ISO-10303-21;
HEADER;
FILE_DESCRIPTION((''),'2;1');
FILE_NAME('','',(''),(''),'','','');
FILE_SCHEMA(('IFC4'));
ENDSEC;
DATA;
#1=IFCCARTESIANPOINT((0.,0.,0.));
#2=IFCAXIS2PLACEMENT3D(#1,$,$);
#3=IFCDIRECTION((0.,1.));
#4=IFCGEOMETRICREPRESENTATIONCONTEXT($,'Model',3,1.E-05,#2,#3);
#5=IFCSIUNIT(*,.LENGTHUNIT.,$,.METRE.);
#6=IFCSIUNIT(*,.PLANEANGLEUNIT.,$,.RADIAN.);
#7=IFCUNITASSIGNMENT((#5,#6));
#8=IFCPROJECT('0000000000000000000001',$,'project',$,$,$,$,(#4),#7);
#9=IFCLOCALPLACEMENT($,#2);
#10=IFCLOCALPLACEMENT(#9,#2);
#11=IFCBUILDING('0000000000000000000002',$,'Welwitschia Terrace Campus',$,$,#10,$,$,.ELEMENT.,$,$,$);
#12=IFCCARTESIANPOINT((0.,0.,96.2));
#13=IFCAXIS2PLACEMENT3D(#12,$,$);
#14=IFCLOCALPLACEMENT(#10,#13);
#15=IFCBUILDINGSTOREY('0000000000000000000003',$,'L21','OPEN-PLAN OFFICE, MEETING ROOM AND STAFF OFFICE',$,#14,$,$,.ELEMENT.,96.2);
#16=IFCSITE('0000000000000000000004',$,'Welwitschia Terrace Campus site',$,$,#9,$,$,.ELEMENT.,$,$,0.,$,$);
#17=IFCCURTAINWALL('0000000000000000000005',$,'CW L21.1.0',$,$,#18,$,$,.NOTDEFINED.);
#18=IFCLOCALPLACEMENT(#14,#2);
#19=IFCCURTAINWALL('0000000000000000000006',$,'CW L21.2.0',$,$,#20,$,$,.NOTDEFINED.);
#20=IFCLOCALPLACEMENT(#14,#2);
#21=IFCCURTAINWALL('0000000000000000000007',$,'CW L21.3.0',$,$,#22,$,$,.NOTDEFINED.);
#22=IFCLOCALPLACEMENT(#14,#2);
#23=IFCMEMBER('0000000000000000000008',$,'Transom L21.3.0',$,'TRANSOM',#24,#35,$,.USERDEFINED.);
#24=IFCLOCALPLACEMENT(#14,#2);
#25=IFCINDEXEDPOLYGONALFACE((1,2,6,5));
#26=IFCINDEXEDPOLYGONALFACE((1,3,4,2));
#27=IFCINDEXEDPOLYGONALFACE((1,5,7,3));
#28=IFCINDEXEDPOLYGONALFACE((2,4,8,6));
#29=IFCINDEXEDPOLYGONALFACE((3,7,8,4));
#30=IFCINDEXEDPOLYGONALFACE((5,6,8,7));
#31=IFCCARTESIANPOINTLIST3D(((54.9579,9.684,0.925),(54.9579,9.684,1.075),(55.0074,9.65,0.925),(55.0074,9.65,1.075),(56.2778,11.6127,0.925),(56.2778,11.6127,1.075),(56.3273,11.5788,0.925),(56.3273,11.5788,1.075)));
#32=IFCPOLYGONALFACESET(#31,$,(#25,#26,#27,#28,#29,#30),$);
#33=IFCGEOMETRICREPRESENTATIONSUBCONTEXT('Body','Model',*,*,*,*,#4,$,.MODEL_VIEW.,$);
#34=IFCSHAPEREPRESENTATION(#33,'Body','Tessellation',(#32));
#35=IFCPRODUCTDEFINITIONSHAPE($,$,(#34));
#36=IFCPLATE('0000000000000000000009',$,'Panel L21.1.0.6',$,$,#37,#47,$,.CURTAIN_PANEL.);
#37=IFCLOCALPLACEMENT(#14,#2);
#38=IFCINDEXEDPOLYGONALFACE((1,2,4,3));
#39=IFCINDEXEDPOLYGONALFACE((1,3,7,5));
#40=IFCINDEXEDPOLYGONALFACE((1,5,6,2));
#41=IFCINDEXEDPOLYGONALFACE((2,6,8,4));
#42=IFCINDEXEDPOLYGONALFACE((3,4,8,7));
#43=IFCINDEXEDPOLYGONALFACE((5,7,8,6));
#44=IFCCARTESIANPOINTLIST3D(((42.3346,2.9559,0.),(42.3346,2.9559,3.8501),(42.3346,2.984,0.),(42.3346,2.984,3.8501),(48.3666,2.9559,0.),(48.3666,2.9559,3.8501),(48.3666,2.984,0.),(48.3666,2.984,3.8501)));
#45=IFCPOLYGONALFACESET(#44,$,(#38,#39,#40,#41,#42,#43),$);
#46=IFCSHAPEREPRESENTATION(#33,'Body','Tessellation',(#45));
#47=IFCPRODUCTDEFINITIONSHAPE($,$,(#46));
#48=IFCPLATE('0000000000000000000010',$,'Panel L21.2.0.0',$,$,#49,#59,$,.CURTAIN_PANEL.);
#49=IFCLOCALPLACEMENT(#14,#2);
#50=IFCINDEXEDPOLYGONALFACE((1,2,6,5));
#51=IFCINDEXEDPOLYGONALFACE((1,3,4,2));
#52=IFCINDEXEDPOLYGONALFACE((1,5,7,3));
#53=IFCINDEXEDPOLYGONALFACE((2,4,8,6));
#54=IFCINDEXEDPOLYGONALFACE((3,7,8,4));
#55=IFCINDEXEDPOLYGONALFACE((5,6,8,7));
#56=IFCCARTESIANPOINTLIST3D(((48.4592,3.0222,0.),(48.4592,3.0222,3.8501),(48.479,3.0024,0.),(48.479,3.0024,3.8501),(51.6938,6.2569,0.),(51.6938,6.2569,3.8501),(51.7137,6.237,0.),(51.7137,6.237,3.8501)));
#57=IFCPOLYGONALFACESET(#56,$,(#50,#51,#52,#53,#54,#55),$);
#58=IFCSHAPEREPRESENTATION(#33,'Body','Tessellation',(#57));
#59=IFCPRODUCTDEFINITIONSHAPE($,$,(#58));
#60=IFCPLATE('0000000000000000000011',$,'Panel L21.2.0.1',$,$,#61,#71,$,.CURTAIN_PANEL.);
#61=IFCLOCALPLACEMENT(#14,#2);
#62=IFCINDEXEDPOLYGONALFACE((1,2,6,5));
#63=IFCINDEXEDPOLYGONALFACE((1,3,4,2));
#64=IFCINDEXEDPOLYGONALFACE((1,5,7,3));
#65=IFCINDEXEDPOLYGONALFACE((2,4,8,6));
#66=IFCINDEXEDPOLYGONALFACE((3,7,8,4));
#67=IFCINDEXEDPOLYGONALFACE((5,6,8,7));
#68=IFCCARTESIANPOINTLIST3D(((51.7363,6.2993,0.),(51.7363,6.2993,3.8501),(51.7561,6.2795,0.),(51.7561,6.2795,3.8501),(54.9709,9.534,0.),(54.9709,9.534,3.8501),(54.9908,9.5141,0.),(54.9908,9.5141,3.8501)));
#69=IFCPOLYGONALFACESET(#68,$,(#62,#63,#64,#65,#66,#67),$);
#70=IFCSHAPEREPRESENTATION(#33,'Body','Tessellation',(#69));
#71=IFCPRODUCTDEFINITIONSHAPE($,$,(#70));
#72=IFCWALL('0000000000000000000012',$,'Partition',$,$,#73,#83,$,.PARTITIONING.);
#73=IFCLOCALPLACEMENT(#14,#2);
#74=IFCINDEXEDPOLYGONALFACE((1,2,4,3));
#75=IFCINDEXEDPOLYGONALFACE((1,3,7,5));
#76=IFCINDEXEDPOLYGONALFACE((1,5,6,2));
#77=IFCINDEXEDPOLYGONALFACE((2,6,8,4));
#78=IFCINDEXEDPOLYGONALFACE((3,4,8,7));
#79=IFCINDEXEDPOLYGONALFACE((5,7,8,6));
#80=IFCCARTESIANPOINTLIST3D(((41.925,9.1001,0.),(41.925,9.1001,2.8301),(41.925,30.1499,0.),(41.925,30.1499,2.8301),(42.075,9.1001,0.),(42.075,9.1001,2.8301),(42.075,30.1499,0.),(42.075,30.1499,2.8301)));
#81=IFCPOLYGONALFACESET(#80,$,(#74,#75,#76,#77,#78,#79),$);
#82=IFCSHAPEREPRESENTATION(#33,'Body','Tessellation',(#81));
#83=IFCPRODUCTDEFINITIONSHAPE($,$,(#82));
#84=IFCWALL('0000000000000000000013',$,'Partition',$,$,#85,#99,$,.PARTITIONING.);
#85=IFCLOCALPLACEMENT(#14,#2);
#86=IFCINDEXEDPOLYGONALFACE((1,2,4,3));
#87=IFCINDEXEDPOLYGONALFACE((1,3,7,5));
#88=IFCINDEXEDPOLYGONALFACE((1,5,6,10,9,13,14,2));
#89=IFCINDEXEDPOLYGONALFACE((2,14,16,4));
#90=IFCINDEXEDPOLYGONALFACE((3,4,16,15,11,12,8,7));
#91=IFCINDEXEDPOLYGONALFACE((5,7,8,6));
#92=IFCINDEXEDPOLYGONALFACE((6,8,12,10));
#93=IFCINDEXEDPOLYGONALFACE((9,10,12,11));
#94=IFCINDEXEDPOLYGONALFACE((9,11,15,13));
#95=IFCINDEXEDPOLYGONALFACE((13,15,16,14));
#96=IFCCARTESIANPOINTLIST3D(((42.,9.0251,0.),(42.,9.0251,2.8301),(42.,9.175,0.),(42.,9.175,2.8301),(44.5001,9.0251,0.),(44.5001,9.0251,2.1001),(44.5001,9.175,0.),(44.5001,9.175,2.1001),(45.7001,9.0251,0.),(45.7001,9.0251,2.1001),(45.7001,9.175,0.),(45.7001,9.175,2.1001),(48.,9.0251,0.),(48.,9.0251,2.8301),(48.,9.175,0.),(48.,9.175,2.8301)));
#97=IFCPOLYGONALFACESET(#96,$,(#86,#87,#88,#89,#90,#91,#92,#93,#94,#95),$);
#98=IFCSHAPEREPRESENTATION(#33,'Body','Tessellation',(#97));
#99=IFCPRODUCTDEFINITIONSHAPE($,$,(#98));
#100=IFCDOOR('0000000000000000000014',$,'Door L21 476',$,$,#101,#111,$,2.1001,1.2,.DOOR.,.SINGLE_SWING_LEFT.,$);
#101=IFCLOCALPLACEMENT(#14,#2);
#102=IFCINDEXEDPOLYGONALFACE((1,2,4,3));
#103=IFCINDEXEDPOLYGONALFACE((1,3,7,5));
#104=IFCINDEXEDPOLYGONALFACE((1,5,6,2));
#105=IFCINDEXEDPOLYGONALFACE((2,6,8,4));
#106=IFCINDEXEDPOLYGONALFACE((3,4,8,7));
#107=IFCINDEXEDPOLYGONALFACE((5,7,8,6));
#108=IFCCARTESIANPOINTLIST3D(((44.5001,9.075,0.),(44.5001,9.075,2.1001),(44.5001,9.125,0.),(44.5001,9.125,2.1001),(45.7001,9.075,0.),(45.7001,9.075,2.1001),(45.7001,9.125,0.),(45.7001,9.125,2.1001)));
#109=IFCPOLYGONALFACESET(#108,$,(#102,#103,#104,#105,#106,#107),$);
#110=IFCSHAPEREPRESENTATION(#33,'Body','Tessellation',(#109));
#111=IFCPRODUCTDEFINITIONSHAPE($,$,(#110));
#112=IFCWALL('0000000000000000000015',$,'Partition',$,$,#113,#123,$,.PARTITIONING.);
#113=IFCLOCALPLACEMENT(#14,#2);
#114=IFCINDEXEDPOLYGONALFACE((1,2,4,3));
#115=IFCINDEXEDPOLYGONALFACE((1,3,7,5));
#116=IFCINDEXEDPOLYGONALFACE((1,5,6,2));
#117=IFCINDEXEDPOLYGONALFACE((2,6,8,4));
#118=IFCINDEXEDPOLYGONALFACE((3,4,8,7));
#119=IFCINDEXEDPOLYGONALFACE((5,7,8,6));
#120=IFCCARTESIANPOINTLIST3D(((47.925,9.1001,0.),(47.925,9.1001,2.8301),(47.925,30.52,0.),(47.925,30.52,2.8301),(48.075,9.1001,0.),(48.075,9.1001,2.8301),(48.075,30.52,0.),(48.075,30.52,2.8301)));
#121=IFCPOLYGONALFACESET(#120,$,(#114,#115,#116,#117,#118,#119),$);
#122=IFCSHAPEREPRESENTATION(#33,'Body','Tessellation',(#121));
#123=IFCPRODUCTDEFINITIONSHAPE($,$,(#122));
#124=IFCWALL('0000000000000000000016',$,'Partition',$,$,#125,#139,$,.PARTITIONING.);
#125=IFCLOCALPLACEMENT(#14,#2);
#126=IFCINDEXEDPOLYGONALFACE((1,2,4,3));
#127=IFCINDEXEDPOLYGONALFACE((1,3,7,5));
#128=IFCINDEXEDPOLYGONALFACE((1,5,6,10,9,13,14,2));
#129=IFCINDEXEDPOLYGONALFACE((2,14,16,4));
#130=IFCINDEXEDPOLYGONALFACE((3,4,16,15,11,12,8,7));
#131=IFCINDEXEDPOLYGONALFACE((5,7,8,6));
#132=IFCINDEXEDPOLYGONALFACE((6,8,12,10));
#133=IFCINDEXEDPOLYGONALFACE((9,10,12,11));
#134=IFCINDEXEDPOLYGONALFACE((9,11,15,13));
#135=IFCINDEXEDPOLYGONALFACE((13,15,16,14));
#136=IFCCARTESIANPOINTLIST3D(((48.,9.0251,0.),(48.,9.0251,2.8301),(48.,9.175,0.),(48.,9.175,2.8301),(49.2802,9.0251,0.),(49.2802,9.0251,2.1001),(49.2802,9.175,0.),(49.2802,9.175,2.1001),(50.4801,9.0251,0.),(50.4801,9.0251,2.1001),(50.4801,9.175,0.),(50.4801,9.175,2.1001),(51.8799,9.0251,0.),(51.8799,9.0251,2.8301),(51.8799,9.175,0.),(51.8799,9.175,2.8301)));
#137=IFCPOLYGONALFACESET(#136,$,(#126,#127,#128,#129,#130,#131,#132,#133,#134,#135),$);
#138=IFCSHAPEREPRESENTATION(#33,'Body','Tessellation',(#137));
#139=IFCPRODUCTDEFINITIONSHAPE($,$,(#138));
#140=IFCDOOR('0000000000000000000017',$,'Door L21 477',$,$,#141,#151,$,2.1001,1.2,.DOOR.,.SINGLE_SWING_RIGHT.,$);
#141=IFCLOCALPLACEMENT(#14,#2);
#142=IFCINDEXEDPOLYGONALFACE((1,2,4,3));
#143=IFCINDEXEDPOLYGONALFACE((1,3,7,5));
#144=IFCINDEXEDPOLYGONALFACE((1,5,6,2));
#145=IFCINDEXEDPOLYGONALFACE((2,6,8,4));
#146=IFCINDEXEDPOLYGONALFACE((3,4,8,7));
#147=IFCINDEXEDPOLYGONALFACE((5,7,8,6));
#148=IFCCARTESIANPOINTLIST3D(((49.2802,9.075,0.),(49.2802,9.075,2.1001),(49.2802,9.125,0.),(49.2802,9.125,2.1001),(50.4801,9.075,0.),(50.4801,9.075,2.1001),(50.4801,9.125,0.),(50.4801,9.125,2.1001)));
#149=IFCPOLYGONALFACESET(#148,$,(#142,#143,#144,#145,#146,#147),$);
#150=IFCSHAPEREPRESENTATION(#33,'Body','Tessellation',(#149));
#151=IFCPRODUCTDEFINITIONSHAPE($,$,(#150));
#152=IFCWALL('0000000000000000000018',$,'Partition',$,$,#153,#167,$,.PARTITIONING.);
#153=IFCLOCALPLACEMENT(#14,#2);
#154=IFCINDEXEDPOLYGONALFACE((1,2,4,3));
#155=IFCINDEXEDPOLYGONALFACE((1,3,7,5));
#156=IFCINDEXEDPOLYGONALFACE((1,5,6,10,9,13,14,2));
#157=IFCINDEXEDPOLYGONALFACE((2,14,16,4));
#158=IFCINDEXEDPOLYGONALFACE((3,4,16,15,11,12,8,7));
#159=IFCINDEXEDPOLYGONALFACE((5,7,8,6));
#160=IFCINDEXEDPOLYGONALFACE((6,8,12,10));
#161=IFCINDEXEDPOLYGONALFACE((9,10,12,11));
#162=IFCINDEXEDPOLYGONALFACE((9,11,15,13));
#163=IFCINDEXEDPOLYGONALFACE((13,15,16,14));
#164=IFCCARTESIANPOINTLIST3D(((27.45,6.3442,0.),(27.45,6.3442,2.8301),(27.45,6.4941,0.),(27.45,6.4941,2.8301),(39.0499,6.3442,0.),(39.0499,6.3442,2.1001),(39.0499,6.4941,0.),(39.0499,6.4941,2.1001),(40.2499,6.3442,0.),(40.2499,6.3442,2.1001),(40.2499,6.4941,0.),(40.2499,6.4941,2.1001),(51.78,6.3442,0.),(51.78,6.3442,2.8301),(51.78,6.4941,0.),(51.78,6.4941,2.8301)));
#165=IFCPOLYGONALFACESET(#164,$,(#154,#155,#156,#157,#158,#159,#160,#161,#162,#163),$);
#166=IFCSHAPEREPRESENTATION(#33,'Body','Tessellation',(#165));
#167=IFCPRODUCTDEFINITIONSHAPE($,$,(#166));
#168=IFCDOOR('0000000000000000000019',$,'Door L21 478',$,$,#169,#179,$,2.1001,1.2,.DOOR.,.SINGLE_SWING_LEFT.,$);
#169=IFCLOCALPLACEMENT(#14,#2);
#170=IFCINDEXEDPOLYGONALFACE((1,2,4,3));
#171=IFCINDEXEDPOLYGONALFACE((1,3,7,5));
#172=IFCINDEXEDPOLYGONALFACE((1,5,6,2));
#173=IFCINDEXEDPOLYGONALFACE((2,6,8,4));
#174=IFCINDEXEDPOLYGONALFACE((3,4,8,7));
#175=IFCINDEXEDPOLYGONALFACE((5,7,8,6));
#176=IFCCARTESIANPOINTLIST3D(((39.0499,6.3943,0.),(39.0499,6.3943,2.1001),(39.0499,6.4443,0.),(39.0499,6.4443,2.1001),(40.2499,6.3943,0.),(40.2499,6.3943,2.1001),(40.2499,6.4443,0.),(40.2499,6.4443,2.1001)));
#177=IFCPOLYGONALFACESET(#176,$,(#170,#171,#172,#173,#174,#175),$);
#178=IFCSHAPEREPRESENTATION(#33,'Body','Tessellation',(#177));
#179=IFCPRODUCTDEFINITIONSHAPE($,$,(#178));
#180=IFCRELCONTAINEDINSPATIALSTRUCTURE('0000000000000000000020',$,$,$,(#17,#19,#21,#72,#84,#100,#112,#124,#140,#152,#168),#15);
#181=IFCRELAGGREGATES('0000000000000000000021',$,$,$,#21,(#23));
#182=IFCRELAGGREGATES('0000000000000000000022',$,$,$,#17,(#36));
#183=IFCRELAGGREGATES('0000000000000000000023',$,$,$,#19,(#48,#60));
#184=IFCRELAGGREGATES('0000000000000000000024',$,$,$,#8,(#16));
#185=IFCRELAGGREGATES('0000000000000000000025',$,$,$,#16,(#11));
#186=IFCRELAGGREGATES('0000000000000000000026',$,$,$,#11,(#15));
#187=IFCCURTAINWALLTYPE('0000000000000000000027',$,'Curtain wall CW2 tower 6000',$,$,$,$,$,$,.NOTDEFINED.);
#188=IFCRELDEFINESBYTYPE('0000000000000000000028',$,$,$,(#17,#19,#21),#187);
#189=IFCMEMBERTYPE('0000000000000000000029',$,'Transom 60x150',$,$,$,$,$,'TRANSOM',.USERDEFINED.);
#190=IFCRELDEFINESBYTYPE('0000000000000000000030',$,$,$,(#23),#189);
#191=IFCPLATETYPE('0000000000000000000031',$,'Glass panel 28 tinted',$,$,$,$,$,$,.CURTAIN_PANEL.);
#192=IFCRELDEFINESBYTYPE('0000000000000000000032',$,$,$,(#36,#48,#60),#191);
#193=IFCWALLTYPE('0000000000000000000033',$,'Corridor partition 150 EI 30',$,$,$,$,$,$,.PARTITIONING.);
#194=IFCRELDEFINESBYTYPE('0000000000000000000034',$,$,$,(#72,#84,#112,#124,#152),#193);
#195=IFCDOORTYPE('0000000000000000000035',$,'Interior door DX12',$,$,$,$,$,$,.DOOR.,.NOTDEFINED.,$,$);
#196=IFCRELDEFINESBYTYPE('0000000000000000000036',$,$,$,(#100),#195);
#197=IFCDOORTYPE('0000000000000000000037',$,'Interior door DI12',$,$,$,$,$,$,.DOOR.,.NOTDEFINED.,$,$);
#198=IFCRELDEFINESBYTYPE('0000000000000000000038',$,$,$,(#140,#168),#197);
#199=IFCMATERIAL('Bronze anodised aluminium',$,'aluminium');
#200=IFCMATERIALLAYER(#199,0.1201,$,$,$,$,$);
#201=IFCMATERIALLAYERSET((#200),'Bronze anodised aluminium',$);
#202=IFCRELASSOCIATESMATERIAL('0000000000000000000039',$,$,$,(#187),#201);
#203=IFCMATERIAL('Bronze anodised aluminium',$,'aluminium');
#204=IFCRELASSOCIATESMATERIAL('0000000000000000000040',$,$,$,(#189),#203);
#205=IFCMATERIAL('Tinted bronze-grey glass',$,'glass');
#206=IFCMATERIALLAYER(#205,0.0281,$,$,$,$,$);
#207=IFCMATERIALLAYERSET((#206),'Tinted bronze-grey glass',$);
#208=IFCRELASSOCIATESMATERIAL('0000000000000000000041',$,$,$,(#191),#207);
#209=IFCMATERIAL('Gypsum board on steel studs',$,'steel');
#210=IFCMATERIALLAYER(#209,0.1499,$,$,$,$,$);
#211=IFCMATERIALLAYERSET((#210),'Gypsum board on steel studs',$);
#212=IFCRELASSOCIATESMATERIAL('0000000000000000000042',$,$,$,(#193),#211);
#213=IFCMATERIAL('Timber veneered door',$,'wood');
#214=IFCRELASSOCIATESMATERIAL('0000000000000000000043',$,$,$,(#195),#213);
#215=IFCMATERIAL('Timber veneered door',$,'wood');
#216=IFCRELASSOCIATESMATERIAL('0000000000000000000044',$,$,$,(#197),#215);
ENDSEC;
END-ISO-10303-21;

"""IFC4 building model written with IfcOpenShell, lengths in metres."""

from ifc_helpers import new_model, si_unit, direction, frame, frame_2d, origin, origin_2d, place, context, subcontext, project, spatial, rectangle, extrude, material, layer, layer_set, material_profile, profile_set, type_object, element, fill, aggregate, save


model = new_model("IFC4")

# Units and contexts
model_context = context("Model", 3, precision=1e-05, world=origin(), true_north=direction((0.0, 1.0)))
body_context = subcontext(model_context, "Body", "Model", "MODEL_VIEW")
ifc_project = project(units=[si_unit("LENGTHUNIT", "METRE"), si_unit("PLANEANGLEUNIT", "RADIAN")], contexts=[model_context])

# Site, building, storey
site_placement = place(None, origin())
site = spatial("IfcSite", under=ifc_project, at=site_placement, Name="Welwitschia Terrace Campus site", CompositionType="ELEMENT", RefElevation=0.0)
building_placement = place(site_placement, origin())
building = spatial("IfcBuilding", under=site, at=building_placement, Name="Welwitschia Terrace Campus", CompositionType="ELEMENT")
storey_placement = place(building_placement, frame((0.0, 0.0, 96.2)))
storey = spatial("IfcBuildingStorey", under=building, at=storey_placement, Name="L21", Description="OPEN-PLAN OFFICE, MEETING ROOM AND STAFF OFFICE", CompositionType="ELEMENT", Elevation=96.2)

# Curtain walls
ifc_material_1 = material(Name="Bronze anodised aluminium", Category="aluminium")
ifc_layer_1 = layer(ifc_material_1, 0.1201)
ifc_layer_set_1 = layer_set([ifc_layer_1], Name="Bronze anodised aluminium")
curtain_wall_type = type_object("IfcCurtainWallType", Name="Curtain wall CW2 tower 6000", PredefinedType="NOTDEFINED", material=ifc_layer_set_1)
curtain_wall_1_placement = place(storey_placement, origin())
curtain_wall_1 = element("IfcCurtainWall", 1, at=curtain_wall_1_placement, inside=storey, type_object=curtain_wall_type, Name="CW L21.1.0", PredefinedType="NOTDEFINED")
curtain_wall_2_placement = place(storey_placement, origin())
curtain_wall_2 = element("IfcCurtainWall", 2, at=curtain_wall_2_placement, inside=storey, type_object=curtain_wall_type, Name="CW L21.2.0", PredefinedType="NOTDEFINED")

# Curtain wall
curtain_wall_3_placement = place(storey_placement, origin())
curtain_wall_3 = element("IfcCurtainWall", 3, at=curtain_wall_3_placement, inside=storey, type_object=curtain_wall_type, Name="CW L21.3.0", PredefinedType="NOTDEFINED")

# Member
ifc_material_2 = material(Name="Bronze anodised aluminium", Category="aluminium")
ifc_material_profile_1 = material_profile(ifc_material_2, rectangle(XDim=0.0601, YDim=0.1499, at=origin_2d()))
ifc_profile_set_1 = profile_set([ifc_material_profile_1], Name="Bronze anodised aluminium")
member_type_1 = type_object("IfcMemberType", Name="Transom 60x150", ElementType="TRANSOM", PredefinedType="USERDEFINED", material=ifc_profile_set_1)
member_1_placement = place(storey_placement, frame((54.9827, 9.667, 1.0), z_axis=(0.564736, 0.825271, 0.0), x_axis=(-0.825271, 0.564736, 0.0)))
member_1 = element("IfcMember", 4, at=member_1_placement, type_object=member_type_1, Name="Transom L21.3.0", ObjectType="TRANSOM", PredefinedType="USERDEFINED", context=body_context, shape_type="SweptSolid", body=[
    extrude(rectangle(XDim=0.0601, YDim=0.1499, at=origin_2d()), origin(), (0.0, 0.0, 1.0), 2.3372),
])
aggregate(curtain_wall_3, [member_1])

# Plates
ifc_material_3 = material(Name="Tinted bronze-grey glass", Category="glass")
ifc_layer_2 = layer(ifc_material_3, 0.0281)
ifc_layer_set_2 = layer_set([ifc_layer_2], Name="Tinted bronze-grey glass")
plate_type = type_object("IfcPlateType", Name="Glass panel 28 tinted", PredefinedType="CURTAIN_PANEL", material=ifc_layer_set_2)
plate_1_placement = place(storey_placement, frame((45.3506, 2.97, 0.0), z_axis=(0.0, 0.0, 1.0), x_axis=(1.0, 0.0, 0.0)))
plate_1 = element("IfcPlate", 5, at=plate_1_placement, type_object=plate_type, Name="Panel L21.1.0.6", PredefinedType="CURTAIN_PANEL", context=body_context, shape_type="SweptSolid", body=[
    extrude(rectangle(XDim=6.032, YDim=0.0281, at=origin_2d()), origin(), (0.0, 0.0, 1.0), 3.8501),
])
aggregate(curtain_wall_1, [plate_1])
plate_2_placement = place(storey_placement, frame((50.0864, 4.6296, 0.0), z_axis=(0.0, 0.0, 1.0), x_axis=(0.707107, 0.707107, 0.0)))
plate_2 = element("IfcPlate", 6, at=plate_2_placement, type_object=plate_type, Name="Panel L21.2.0.0", PredefinedType="CURTAIN_PANEL", context=body_context, shape_type="SweptSolid", body=[
    extrude(rectangle(XDim=4.5745, YDim=0.0281, at=origin_2d()), origin(), (0.0, 0.0, 1.0), 3.8501),
])
plate_3_placement = place(storey_placement, frame((53.3635, 7.9067, 0.0), z_axis=(0.0, 0.0, 1.0), x_axis=(0.707107, 0.707107, 0.0)))
plate_3 = element("IfcPlate", 7, at=plate_3_placement, type_object=plate_type, Name="Panel L21.2.0.1", PredefinedType="CURTAIN_PANEL", context=body_context, shape_type="SweptSolid", body=[
    extrude(rectangle(XDim=4.5745, YDim=0.0281, at=origin_2d()), origin(), (0.0, 0.0, 1.0), 3.8501),
])
aggregate(curtain_wall_2, [plate_2, plate_3])

# Wall
ifc_material_4 = material(Name="Gypsum board on steel studs", Category="steel")
ifc_layer_3 = layer(ifc_material_4, 0.1499)
ifc_layer_set_3 = layer_set([ifc_layer_3], Name="Gypsum board on steel studs")
wall_type = type_object("IfcWallType", Name="Corridor partition 150 EI 30", PredefinedType="PARTITIONING", material=ifc_layer_set_3)
wall_1_placement = place(storey_placement, frame((42.0, 9.1001, 0.0), z_axis=(0.0, 0.0, 1.0), x_axis=(0.0, 1.0, 0.0)))
element("IfcWall", 8, at=wall_1_placement, inside=storey, type_object=wall_type, Name="Partition", PredefinedType="PARTITIONING", context=body_context, shape_type="SweptSolid", body=[
    extrude(rectangle(XDim=21.0498, YDim=0.1499, at=frame_2d((10.5249, 0.0))), origin(), (0.0, 0.0, 1.0), 2.8301),
])

# Wall, opening, door
wall_2_placement = place(storey_placement, frame((42.0, 9.1001, 0.0), z_axis=(0.0, 0.0, 1.0), x_axis=(1.0, 0.0, 0.0)))
wall_2 = element("IfcWall", 9, at=wall_2_placement, inside=storey, type_object=wall_type, Name="Partition", PredefinedType="PARTITIONING", context=body_context, shape_type="SweptSolid", body=[
    extrude(rectangle(XDim=6.0, YDim=0.1499, at=frame_2d((3.0, 0.0))), origin(), (0.0, 0.0, 1.0), 2.8301),
])
opening_1_placement = place(wall_2_placement, frame((2.5, 0.0, 0.0)))
opening_1 = element("IfcOpeningElement", 10, at=opening_1_placement, cuts=wall_2, PredefinedType="OPENING", context=body_context, shape_type="SweptSolid", body=[
    extrude(rectangle(XDim=1.2, YDim=2.1001, at=frame_2d((0.6001, 1.05))), frame((0.0, 0.085, 0.0), z_axis=(0.0, -1.0, 0.0), x_axis=(1.0, 0.0, 0.0)), (0.0, 0.0, 1.0), 0.1699),
])
ifc_material_5 = material(Name="Timber veneered door", Category="wood")
door_type_1 = type_object("IfcDoorType", Name="Interior door DX12", OperationType="NOTDEFINED", PredefinedType="DOOR", material=ifc_material_5)
door_1_placement = place(opening_1_placement, origin())
door_1 = element("IfcDoor", 11, at=door_1_placement, inside=storey, type_object=door_type_1, Name="Door L21 476", OperationType="SINGLE_SWING_LEFT", OverallHeight=2.1001, OverallWidth=1.2, PredefinedType="DOOR", context=body_context, shape_type="SweptSolid", body=[
    extrude(rectangle(XDim=1.2, YDim=2.1001, at=frame_2d((0.6001, 1.05))), frame((0.0, 0.0249, 0.0), z_axis=(0.0, -1.0, 0.0), x_axis=(1.0, 0.0, 0.0)), (0.0, 0.0, 1.0), 0.05),
])
fill(opening_1, door_1)

# Wall
wall_3_placement = place(storey_placement, frame((48.0, 9.1001, 0.0), z_axis=(0.0, 0.0, 1.0), x_axis=(0.0, 1.0, 0.0)))
element("IfcWall", 12, at=wall_3_placement, inside=storey, type_object=wall_type, Name="Partition", PredefinedType="PARTITIONING", context=body_context, shape_type="SweptSolid", body=[
    extrude(rectangle(XDim=21.4199, YDim=0.1499, at=frame_2d((10.71, 0.0))), origin(), (0.0, 0.0, 1.0), 2.8301),
])

# Walls, openings, doors
wall_4_placement = place(storey_placement, frame((48.0, 9.1001, 0.0), z_axis=(0.0, 0.0, 1.0), x_axis=(1.0, 0.0, 0.0)))
wall_4 = element("IfcWall", 13, at=wall_4_placement, inside=storey, type_object=wall_type, Name="Partition", PredefinedType="PARTITIONING", context=body_context, shape_type="SweptSolid", body=[
    extrude(rectangle(XDim=3.8799, YDim=0.1499, at=frame_2d((1.9399, 0.0))), origin(), (0.0, 0.0, 1.0), 2.8301),
])
opening_2_placement = place(wall_4_placement, frame((1.28, 0.0, 0.0)))
opening_2 = element("IfcOpeningElement", 14, at=opening_2_placement, cuts=wall_4, PredefinedType="OPENING", context=body_context, shape_type="SweptSolid", body=[
    extrude(rectangle(XDim=1.2, YDim=2.1001, at=frame_2d((0.6001, 1.05))), frame((0.0, 0.085, 0.0), z_axis=(0.0, -1.0, 0.0), x_axis=(1.0, 0.0, 0.0)), (0.0, 0.0, 1.0), 0.1699),
])
ifc_material_6 = material(Name="Timber veneered door", Category="wood")
door_type_2 = type_object("IfcDoorType", Name="Interior door DI12", OperationType="NOTDEFINED", PredefinedType="DOOR", material=ifc_material_6)
door_2_placement = place(opening_2_placement, origin())
door_2 = element("IfcDoor", 15, at=door_2_placement, inside=storey, type_object=door_type_2, Name="Door L21 477", OperationType="SINGLE_SWING_RIGHT", OverallHeight=2.1001, OverallWidth=1.2, PredefinedType="DOOR", context=body_context, shape_type="SweptSolid", body=[
    extrude(rectangle(XDim=1.2, YDim=2.1001, at=frame_2d((0.6001, 1.05))), frame((0.0, 0.0249, 0.0), z_axis=(0.0, -1.0, 0.0), x_axis=(1.0, 0.0, 0.0)), (0.0, 0.0, 1.0), 0.05),
])
fill(opening_2, door_2)
wall_5_placement = place(storey_placement, frame((51.78, 6.4192, 0.0), z_axis=(0.0, 0.0, 1.0), x_axis=(-1.0, 0.0, 0.0)))
wall_5 = element("IfcWall", 16, at=wall_5_placement, inside=storey, type_object=wall_type, Name="Partition", PredefinedType="PARTITIONING", context=body_context, shape_type="SweptSolid", body=[
    extrude(rectangle(XDim=24.3301, YDim=0.1499, at=frame_2d((12.165, 0.0))), origin(), (0.0, 0.0, 1.0), 2.8301),
])
opening_3_placement = place(wall_5_placement, frame((11.53, 0.0, 0.0)))
opening_3 = element("IfcOpeningElement", 17, at=opening_3_placement, cuts=wall_5, PredefinedType="OPENING", context=body_context, shape_type="SweptSolid", body=[
    extrude(rectangle(XDim=1.2, YDim=2.1001, at=frame_2d((0.6001, 1.05))), frame((0.0, 0.085, 0.0), z_axis=(0.0, -1.0, 0.0), x_axis=(1.0, 0.0, 0.0)), (0.0, 0.0, 1.0), 0.1699),
])
door_3_placement = place(opening_3_placement, origin())
door_3 = element("IfcDoor", 18, at=door_3_placement, inside=storey, type_object=door_type_2, Name="Door L21 478", OperationType="SINGLE_SWING_LEFT", OverallHeight=2.1001, OverallWidth=1.2, PredefinedType="DOOR", context=body_context, shape_type="SweptSolid", body=[
    extrude(rectangle(XDim=1.2, YDim=2.1001, at=frame_2d((0.6001, 1.05))), frame((0.0, 0.0249, 0.0), z_axis=(0.0, -1.0, 0.0), x_axis=(1.0, 0.0, 0.0)), (0.0, 0.0, 1.0), 0.05),
])
fill(opening_3, door_3)

save(model, "model.ifc")
